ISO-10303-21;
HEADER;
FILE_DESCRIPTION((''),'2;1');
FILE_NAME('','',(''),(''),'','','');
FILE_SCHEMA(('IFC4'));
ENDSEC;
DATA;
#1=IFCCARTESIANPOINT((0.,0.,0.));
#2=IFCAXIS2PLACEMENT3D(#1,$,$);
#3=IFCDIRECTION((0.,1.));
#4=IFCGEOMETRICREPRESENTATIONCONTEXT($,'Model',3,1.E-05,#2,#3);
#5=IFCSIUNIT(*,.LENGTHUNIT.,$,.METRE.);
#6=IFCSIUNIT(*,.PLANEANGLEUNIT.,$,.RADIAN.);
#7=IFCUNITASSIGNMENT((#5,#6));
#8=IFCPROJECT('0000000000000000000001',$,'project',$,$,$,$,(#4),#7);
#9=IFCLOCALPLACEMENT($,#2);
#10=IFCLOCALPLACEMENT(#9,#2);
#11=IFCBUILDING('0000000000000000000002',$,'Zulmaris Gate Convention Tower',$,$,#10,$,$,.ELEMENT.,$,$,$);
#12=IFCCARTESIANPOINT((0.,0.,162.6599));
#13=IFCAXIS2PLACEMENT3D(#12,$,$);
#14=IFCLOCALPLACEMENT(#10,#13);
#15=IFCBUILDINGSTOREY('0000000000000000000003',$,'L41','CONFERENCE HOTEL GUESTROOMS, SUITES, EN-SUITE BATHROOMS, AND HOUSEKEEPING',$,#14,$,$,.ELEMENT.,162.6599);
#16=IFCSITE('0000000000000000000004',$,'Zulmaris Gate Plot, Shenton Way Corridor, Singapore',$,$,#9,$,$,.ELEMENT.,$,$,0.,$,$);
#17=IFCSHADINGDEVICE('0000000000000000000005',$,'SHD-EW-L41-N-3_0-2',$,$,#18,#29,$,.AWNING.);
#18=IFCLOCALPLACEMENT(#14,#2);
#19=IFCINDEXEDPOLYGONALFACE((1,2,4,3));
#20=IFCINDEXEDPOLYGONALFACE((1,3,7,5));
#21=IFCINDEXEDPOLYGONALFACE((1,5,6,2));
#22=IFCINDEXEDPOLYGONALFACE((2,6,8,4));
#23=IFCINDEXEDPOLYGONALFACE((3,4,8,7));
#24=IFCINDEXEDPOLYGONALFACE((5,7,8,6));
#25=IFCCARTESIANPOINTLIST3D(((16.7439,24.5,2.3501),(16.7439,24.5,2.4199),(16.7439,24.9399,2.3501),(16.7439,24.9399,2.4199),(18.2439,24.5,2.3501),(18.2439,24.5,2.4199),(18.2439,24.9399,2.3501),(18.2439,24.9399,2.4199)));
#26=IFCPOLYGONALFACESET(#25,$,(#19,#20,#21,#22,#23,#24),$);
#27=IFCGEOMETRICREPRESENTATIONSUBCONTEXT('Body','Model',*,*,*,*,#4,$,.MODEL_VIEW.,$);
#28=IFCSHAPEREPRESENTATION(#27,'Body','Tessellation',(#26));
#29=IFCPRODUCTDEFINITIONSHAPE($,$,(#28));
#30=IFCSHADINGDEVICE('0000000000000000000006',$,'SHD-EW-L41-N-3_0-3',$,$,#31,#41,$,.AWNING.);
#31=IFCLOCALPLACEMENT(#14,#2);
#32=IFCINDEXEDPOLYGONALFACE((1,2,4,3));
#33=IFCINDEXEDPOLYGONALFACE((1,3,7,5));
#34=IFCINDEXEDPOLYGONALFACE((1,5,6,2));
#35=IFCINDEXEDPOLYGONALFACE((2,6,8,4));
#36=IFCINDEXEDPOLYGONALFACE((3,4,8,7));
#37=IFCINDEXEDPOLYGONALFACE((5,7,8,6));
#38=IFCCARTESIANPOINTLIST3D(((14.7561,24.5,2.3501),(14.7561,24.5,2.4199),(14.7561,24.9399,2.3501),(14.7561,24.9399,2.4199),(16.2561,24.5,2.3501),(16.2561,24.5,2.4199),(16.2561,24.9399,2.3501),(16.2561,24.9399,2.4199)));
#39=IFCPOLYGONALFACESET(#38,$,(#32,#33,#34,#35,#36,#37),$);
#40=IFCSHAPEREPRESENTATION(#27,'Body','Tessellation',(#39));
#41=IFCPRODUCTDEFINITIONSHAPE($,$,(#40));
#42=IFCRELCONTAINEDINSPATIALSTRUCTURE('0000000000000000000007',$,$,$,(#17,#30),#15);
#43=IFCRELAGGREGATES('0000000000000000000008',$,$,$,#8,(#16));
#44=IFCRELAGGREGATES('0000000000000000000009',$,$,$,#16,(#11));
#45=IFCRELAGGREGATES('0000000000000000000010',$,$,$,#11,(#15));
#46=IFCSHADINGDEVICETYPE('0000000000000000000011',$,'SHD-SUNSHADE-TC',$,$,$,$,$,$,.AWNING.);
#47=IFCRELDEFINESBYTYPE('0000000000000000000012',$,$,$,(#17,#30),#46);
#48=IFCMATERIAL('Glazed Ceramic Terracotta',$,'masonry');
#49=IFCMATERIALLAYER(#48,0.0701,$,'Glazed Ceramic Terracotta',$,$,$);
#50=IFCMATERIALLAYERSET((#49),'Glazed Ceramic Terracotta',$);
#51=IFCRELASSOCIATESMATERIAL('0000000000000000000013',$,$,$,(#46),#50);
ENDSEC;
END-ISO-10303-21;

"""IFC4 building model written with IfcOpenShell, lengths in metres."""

from ifc_helpers import new_model, si_unit, direction, frame, frame_2d, origin, place, context, subcontext, project, spatial, rectangle, extrude, material, layer, layer_set, type_object, element, save


model = new_model("IFC4")

# Units and contexts
model_context = context("Model", 3, precision=1e-05, world=origin(), true_north=direction((0.0, 1.0)))
body_context = subcontext(model_context, "Body", "Model", "MODEL_VIEW")
ifc_project = project(units=[si_unit("LENGTHUNIT", "METRE"), si_unit("PLANEANGLEUNIT", "RADIAN")], contexts=[model_context])

# Site, building, storey
site_placement = place(None, origin())
site = spatial("IfcSite", under=ifc_project, at=site_placement, Name="Zulmaris Gate Plot, Shenton Way Corridor, Singapore", CompositionType="ELEMENT", RefElevation=0.0)
building_placement = place(site_placement, origin())
building = spatial("IfcBuilding", under=site, at=building_placement, Name="Zulmaris Gate Convention Tower", CompositionType="ELEMENT")
storey_placement = place(building_placement, frame((0.0, 0.0, 162.6599)))
storey = spatial("IfcBuildingStorey", under=building, at=storey_placement, Name="L41", Description="CONFERENCE HOTEL GUESTROOMS, SUITES, EN-SUITE BATHROOMS, AND HOUSEKEEPING", CompositionType="ELEMENT", Elevation=162.6599)

# Shading devices
ifc_material_1 = material(Name="Glazed Ceramic Terracotta", Category="masonry")
ifc_layer_1 = layer(ifc_material_1, 0.0701, Name="Glazed Ceramic Terracotta")
ifc_layer_set_1 = layer_set([ifc_layer_1], Name="Glazed Ceramic Terracotta")
shading_device_type = type_object("IfcShadingDeviceType", Name="SHD-SUNSHADE-TC", PredefinedType="AWNING", material=ifc_layer_set_1)
for number, where, z_axis, x_axis, name in (
    (1, (18.2439, 24.72, 2.3501), (0.0, 0.0, 1.0), (-1.0, 0.0, 0.0), "SHD-EW-L41-N-3_0-2"),
    (2, (16.2561, 24.72, 2.3501), (0.0, 0.0, 1.0), (-1.0, 0.0, 0.0), "SHD-EW-L41-N-3_0-3"),
):
    element("IfcShadingDevice", number, at=place(storey_placement, frame(where, z_axis=z_axis, x_axis=x_axis)), inside=storey, type_object=shading_device_type, Name=name, PredefinedType="AWNING", context=body_context, shape_type="SweptSolid", body=[
        extrude(rectangle(XDim=1.5, YDim=0.4399, at=frame_2d((0.75, 0.0))), origin(), (0.0, 0.0, 1.0), 0.0698),
    ])

save(model, "model.ifc")
